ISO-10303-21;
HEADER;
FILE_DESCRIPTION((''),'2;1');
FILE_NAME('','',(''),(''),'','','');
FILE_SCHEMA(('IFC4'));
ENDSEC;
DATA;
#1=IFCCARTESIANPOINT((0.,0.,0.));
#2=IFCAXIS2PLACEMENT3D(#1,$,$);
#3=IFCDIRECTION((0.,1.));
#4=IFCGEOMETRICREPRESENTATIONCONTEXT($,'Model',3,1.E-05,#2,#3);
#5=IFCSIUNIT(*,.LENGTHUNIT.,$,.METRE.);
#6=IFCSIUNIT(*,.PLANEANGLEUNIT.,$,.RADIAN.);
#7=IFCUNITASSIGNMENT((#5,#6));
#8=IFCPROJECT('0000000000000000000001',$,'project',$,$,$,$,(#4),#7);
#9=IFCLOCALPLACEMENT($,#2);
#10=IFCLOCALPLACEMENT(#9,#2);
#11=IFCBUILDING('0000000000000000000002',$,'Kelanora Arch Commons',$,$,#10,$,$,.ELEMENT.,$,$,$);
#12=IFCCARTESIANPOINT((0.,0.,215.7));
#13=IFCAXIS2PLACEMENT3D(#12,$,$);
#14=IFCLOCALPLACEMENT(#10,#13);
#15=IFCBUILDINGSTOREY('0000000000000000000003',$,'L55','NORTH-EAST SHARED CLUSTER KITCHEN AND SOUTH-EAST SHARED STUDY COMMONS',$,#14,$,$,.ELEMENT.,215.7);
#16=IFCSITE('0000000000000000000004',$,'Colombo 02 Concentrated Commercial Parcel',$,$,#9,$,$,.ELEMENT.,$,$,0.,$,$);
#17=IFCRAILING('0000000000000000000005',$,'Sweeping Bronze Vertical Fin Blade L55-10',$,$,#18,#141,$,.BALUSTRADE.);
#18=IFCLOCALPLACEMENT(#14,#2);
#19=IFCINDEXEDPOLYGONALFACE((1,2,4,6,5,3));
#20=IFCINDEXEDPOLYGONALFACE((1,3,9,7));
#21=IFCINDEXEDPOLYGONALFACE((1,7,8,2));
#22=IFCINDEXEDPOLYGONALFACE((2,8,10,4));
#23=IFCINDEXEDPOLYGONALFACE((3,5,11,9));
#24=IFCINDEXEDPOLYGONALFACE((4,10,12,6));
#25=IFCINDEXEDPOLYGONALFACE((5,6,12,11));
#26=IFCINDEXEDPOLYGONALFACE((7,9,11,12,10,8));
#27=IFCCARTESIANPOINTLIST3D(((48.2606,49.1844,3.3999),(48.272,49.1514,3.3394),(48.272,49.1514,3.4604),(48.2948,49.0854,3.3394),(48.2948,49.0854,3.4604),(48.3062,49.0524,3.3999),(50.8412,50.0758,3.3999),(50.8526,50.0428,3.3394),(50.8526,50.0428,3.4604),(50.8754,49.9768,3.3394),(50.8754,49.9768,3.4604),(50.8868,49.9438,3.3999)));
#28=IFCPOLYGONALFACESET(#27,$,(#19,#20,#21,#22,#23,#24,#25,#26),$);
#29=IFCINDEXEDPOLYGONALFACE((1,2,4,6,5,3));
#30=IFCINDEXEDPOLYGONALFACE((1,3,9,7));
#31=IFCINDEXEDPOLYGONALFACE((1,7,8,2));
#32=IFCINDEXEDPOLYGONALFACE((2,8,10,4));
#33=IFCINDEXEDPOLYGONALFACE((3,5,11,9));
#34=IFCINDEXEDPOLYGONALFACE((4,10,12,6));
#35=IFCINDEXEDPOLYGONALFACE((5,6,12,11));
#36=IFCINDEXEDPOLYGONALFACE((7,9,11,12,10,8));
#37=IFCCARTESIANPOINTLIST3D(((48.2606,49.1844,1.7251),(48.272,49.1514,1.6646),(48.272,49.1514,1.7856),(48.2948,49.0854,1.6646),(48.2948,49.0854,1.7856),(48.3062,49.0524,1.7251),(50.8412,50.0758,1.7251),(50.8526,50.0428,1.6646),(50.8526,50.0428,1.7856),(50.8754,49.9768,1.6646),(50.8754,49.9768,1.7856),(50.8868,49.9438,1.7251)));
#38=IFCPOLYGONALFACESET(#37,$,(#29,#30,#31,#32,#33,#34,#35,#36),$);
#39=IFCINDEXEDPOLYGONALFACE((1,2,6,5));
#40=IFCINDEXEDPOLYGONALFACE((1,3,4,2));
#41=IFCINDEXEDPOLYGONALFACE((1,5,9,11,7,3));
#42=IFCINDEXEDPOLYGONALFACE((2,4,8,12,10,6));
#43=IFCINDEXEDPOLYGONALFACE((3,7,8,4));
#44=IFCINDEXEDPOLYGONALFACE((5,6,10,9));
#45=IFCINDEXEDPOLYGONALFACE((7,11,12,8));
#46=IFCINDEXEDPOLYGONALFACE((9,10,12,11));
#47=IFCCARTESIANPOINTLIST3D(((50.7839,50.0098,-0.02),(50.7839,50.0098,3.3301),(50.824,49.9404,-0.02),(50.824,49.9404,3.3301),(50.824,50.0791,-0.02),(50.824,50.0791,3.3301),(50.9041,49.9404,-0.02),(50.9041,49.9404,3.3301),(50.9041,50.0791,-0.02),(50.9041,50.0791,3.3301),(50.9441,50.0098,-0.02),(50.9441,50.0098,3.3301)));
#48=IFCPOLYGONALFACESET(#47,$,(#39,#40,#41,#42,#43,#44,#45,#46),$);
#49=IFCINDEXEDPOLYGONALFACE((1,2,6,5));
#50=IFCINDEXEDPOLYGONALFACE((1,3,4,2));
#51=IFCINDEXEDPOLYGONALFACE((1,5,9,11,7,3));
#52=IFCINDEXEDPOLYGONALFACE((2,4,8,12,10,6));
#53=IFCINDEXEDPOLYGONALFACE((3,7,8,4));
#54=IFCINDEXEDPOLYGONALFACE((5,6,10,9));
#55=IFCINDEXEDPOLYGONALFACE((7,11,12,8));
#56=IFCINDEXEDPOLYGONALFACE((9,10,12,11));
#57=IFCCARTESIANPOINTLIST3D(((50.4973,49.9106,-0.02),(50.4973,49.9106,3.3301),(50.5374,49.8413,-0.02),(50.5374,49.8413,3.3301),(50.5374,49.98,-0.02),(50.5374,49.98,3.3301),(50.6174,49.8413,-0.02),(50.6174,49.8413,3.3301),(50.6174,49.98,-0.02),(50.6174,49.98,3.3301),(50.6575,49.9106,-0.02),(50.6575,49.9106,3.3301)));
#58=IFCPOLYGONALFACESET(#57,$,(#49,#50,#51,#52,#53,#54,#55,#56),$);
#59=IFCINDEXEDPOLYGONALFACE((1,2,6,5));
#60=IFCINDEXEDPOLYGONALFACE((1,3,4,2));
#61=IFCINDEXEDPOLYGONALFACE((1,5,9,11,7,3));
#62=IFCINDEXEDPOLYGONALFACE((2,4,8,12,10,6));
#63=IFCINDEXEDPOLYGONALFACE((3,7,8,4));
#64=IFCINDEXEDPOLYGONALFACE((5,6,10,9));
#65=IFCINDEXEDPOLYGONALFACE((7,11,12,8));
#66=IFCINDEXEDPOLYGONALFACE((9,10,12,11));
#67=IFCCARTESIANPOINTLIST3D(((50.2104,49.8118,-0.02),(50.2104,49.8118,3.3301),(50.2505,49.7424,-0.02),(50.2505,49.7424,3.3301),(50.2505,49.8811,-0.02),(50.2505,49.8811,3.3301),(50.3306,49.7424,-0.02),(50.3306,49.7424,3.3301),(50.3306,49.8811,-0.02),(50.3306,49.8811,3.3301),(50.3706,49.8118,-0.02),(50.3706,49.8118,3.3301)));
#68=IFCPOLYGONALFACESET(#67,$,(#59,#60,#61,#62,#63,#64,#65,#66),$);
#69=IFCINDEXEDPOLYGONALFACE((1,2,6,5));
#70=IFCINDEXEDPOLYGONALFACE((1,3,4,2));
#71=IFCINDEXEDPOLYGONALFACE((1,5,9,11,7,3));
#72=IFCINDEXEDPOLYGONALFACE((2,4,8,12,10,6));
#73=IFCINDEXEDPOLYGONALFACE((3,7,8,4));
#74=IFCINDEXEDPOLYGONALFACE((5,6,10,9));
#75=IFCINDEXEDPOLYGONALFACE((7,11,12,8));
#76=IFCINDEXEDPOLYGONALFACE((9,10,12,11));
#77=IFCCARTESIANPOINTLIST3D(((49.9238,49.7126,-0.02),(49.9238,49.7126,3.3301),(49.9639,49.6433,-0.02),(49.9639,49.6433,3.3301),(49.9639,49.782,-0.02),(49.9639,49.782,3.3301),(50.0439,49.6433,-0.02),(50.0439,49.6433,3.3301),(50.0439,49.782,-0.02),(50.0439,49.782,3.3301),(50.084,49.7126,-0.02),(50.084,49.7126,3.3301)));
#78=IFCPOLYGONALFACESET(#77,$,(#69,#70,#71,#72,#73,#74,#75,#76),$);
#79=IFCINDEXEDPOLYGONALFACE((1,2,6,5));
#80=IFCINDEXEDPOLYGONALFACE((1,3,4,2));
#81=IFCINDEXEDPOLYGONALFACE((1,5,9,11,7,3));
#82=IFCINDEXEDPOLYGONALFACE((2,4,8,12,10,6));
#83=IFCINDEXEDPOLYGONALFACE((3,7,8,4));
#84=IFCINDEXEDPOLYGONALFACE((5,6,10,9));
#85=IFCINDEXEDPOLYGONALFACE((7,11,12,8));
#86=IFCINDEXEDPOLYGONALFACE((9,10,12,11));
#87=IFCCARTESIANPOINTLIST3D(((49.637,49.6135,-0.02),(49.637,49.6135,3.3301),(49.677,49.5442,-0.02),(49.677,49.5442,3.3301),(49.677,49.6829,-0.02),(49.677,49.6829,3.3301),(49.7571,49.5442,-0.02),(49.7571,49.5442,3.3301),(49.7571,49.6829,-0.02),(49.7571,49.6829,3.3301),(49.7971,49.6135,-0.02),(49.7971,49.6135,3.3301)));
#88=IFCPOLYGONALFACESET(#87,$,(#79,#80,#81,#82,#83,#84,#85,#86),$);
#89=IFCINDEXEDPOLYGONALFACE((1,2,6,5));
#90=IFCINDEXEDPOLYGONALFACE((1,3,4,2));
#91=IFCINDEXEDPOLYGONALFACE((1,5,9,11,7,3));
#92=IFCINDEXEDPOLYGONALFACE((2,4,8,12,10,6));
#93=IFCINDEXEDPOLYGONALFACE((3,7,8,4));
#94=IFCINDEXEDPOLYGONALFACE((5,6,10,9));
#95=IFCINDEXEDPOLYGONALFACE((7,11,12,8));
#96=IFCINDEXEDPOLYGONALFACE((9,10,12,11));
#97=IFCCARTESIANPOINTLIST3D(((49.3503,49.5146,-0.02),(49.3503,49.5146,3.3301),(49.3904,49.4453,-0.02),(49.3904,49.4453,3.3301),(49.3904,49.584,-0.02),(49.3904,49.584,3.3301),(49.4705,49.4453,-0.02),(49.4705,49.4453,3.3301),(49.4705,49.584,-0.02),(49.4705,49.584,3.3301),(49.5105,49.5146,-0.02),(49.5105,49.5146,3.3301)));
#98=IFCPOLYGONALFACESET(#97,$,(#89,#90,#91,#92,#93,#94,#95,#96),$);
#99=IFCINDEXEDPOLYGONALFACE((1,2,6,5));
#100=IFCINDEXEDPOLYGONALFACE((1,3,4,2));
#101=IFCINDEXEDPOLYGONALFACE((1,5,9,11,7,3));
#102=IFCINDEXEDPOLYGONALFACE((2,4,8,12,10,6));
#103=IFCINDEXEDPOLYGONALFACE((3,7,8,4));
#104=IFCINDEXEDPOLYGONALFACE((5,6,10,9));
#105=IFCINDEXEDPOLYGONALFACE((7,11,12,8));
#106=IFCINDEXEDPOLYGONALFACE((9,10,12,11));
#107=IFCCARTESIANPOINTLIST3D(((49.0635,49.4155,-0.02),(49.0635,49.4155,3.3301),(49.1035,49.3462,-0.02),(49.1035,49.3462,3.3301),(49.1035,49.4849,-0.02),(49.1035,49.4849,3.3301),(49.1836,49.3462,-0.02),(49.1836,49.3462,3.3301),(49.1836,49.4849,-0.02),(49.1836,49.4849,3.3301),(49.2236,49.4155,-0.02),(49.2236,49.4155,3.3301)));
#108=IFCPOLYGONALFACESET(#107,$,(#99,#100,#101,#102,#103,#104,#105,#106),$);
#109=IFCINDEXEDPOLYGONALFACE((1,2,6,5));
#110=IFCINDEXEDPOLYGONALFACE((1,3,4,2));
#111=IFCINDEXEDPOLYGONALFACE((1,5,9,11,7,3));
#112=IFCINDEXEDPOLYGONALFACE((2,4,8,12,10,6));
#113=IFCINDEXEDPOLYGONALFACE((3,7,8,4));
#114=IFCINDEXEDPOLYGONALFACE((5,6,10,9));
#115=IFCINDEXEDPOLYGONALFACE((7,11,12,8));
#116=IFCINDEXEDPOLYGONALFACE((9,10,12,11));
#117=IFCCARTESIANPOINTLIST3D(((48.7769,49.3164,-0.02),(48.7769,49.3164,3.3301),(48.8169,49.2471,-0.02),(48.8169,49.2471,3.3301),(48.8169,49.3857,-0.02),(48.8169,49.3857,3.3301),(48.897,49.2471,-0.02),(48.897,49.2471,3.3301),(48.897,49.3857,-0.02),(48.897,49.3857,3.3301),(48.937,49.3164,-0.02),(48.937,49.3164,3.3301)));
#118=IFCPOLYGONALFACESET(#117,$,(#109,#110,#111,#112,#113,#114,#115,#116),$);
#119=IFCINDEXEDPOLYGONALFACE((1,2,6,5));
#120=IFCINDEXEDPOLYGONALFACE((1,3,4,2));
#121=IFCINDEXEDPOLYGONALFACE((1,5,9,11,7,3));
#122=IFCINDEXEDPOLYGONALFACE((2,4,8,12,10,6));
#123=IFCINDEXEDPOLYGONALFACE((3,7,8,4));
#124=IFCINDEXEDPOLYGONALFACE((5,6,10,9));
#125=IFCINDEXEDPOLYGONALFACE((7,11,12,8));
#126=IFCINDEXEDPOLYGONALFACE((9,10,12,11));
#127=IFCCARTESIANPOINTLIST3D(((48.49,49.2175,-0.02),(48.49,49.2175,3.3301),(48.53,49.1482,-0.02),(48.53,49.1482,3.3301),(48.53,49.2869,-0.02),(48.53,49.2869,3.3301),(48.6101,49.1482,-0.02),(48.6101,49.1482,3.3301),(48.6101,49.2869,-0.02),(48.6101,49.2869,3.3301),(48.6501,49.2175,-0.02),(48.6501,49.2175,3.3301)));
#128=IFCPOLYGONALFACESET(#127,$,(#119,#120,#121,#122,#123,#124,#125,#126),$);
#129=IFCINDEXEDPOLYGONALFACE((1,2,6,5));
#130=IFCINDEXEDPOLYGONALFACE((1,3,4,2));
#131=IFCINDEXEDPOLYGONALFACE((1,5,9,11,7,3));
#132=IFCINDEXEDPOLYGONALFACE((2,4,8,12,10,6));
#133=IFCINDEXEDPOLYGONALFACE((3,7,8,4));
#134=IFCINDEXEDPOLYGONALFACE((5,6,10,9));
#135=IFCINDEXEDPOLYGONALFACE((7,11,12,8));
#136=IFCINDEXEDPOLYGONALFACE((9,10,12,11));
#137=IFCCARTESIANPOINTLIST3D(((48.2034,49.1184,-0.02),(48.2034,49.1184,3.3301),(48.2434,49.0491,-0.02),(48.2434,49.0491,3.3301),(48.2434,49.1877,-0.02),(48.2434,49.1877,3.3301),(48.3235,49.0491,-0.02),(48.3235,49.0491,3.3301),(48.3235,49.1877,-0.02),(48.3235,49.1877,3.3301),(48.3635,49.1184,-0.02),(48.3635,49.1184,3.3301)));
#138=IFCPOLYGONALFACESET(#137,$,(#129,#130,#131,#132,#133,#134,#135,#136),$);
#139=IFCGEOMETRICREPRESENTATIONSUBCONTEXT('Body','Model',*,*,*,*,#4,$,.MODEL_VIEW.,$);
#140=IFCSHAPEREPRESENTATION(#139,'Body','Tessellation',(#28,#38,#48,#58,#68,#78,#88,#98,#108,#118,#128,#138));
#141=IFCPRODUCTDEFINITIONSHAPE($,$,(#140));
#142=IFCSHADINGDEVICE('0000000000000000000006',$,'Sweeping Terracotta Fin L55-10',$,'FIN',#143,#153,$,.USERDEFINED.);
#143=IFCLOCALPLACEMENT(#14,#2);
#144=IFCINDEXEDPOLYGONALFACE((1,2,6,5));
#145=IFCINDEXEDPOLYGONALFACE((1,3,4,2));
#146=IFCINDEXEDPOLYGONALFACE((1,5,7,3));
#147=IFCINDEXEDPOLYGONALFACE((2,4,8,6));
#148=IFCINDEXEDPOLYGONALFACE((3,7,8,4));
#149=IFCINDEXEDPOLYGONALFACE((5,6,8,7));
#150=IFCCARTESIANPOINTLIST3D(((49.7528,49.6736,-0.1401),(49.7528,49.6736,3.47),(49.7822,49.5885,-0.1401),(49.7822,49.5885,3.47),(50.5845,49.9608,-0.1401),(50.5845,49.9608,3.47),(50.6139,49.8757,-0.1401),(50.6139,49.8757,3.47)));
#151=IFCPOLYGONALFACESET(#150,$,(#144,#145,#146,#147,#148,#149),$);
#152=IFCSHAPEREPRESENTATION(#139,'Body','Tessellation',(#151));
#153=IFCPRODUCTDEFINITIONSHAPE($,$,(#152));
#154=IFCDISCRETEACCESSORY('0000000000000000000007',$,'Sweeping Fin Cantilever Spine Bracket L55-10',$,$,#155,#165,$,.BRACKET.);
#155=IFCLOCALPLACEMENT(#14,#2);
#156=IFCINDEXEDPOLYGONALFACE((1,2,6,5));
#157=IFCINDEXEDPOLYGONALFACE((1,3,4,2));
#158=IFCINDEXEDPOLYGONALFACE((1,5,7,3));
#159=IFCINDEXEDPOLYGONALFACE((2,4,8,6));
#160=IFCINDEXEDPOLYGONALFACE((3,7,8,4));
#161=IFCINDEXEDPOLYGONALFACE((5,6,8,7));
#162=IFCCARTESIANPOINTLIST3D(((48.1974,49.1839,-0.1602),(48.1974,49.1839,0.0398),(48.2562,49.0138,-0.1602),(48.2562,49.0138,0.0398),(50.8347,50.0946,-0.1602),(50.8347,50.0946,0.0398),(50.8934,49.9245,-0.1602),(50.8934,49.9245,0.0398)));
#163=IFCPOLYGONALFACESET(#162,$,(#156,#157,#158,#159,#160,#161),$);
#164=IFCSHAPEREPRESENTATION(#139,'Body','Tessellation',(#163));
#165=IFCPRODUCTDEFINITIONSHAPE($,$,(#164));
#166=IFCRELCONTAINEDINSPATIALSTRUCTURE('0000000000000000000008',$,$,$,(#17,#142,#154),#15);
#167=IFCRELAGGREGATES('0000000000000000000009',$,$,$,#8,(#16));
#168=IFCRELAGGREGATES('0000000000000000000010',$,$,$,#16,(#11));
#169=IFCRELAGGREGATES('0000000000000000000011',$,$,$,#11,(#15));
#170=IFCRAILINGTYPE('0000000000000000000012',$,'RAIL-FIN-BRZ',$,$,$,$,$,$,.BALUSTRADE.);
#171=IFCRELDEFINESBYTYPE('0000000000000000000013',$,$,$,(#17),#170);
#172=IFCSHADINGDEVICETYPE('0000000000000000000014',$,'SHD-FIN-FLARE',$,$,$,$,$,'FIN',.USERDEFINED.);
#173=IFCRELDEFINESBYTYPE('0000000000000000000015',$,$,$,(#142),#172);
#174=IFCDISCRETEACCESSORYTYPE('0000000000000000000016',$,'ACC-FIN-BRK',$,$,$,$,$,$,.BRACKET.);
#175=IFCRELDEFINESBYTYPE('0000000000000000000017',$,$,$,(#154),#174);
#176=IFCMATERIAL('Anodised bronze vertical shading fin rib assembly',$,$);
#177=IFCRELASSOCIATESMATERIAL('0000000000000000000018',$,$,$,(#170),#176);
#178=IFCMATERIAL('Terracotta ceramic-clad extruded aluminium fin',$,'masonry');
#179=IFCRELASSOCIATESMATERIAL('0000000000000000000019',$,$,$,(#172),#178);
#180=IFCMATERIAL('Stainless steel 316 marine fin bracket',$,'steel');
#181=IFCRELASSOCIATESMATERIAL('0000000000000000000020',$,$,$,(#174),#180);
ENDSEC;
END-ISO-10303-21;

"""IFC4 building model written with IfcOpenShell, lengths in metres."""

from ifc_helpers import new_model, si_unit, direction, frame, origin, origin_2d, place, context, subcontext, project, spatial, polyline, rectangle, outline, extrude, source, transform, mapped, material, type_object, element, save


model = new_model("IFC4")

# Units and contexts
model_context = context("Model", 3, precision=1e-05, world=origin(), true_north=direction((0.0, 1.0)))
body_context = subcontext(model_context, "Body", "Model", "MODEL_VIEW")
ifc_project = project(units=[si_unit("LENGTHUNIT", "METRE"), si_unit("PLANEANGLEUNIT", "RADIAN")], contexts=[model_context])

# Site, building, storey
site_placement = place(None, origin())
site = spatial("IfcSite", under=ifc_project, at=site_placement, Name="Colombo 02 Concentrated Commercial Parcel", CompositionType="ELEMENT", RefElevation=0.0)
building_placement = place(site_placement, origin())
building = spatial("IfcBuilding", under=site, at=building_placement, Name="Kelanora Arch Commons", CompositionType="ELEMENT")
storey_placement = place(building_placement, frame((0.0, 0.0, 215.7)))
storey = spatial("IfcBuildingStorey", under=building, at=storey_placement, Name="L55", Description="NORTH-EAST SHARED CLUSTER KITCHEN AND SOUTH-EAST SHARED STUDY COMMONS", CompositionType="ELEMENT", Elevation=215.7)

# Railing
ifc_material_1 = material(Name="Anodised bronze vertical shading fin rib assembly")
railing_type = type_object("IfcRailingType", Name="RAIL-FIN-BRZ", PredefinedType="BALUSTRADE", material=ifc_material_1)
railing_placement = place(storey_placement, frame((50.864, 50.0098, -0.02)))
element("IfcRailing", 1, at=railing_placement, inside=storey, type_object=railing_type, Name="Sweeping Bronze Vertical Fin Blade L55-10", PredefinedType="BALUSTRADE", context=body_context, shape_type="SweptSolid", body=[
    extrude(outline(polyline([(0.0698, 0.0), (0.0349, 0.0605), (-0.0349, 0.0605), (-0.0698, 0.0), (-0.0349, -0.0605), (0.0349, -0.0605), (0.0698, 0.0)])), frame((0.0, 0.0, 3.4199), z_axis=(-0.945203, -0.326484, 0.0), x_axis=(0.326484, -0.945203, 0.0)), (0.0, 0.0, 1.0), 2.7302),
    extrude(outline(polyline([(0.0698, 0.0), (0.0349, 0.0605), (-0.0349, 0.0605), (-0.0698, 0.0), (-0.0349, -0.0605), (0.0349, -0.0605), (0.0698, 0.0)])), frame((0.0, 0.0, 1.7451), z_axis=(-0.945203, -0.326484, 0.0), x_axis=(0.326484, -0.945203, 0.0)), (0.0, 0.0, 1.0), 2.7302),
    extrude(outline(polyline([(0.0801, 0.0), (0.04, 0.0693), (-0.04, 0.0693), (-0.0801, 0.0), (-0.04, -0.0693), (0.04, -0.0693), (0.0801, 0.0)])), origin(), (0.0, 0.0, 1.0), 3.3501),
    extrude(outline(polyline([(0.0801, 0.0), (0.04, 0.0693), (-0.04, 0.0693), (-0.0801, 0.0), (-0.04, -0.0693), (0.04, -0.0693), (0.0801, 0.0)])), frame((-0.2866, -0.0991, 0.0)), (0.0, 0.0, 1.0), 3.3501),
    extrude(outline(polyline([(0.0801, 0.0), (0.04, 0.0693), (-0.04, 0.0693), (-0.0801, 0.0), (-0.04, -0.0693), (0.04, -0.0693), (0.0801, 0.0)])), frame((-0.5735, -0.198, 0.0)), (0.0, 0.0, 1.0), 3.3501),
    extrude(outline(polyline([(0.0801, 0.0), (0.04, 0.0693), (-0.04, 0.0693), (-0.0801, 0.0), (-0.04, -0.0693), (0.04, -0.0693), (0.0801, 0.0)])), frame((-0.8601, -0.2971, 0.0)), (0.0, 0.0, 1.0), 3.3501),
    extrude(outline(polyline([(0.0801, 0.0), (0.04, 0.0693), (-0.04, 0.0693), (-0.0801, 0.0), (-0.04, -0.0693), (0.04, -0.0693), (0.0801, 0.0)])), frame((-1.147, -0.3962, 0.0)), (0.0, 0.0, 1.0), 3.3501),
    extrude(outline(polyline([(0.0801, 0.0), (0.04, 0.0693), (-0.04, 0.0693), (-0.0801, 0.0), (-0.04, -0.0693), (0.04, -0.0693), (0.0801, 0.0)])), frame((-1.4336, -0.4951, 0.0)), (0.0, 0.0, 1.0), 3.3501),
    extrude(outline(polyline([(0.0801, 0.0), (0.04, 0.0693), (-0.04, 0.0693), (-0.0801, 0.0), (-0.04, -0.0693), (0.04, -0.0693), (0.0801, 0.0)])), frame((-1.7205, -0.5942, 0.0)), (0.0, 0.0, 1.0), 3.3501),
    extrude(outline(polyline([(0.0801, 0.0), (0.04, 0.0693), (-0.04, 0.0693), (-0.0801, 0.0), (-0.04, -0.0693), (0.04, -0.0693), (0.0801, 0.0)])), frame((-2.0071, -0.6934, 0.0)), (0.0, 0.0, 1.0), 3.3501),
    extrude(outline(polyline([(0.0801, 0.0), (0.04, 0.0693), (-0.04, 0.0693), (-0.0801, 0.0), (-0.04, -0.0693), (0.04, -0.0693), (0.0801, 0.0)])), frame((-2.2939, -0.7922, 0.0)), (0.0, 0.0, 1.0), 3.3501),
    extrude(outline(polyline([(0.0801, 0.0), (0.04, 0.0693), (-0.04, 0.0693), (-0.0801, 0.0), (-0.04, -0.0693), (0.04, -0.0693), (0.0801, 0.0)])), frame((-2.5806, -0.8914, 0.0)), (0.0, 0.0, 1.0), 3.3501),
])

# Shading device
ifc_material_2 = material(Name="Terracotta ceramic-clad extruded aluminium fin", Category="masonry")
shading_device_type = type_object("IfcShadingDeviceType", Name="SHD-FIN-FLARE", ElementType="FIN", PredefinedType="USERDEFINED", material=ifc_material_2)
shared_shape_1 = source(origin(), body_context, "Body", "SweptSolid", [
    extrude(rectangle(XDim=0.8799, YDim=0.0901, at=origin_2d()), origin(), (0.0, 0.0, 1.0), 3.6101),
])
shading_device_placement = place(storey_placement, frame((50.1833, 49.7747, -0.1401), z_axis=(0.0, 0.0, 1.0), x_axis=(-0.945234, -0.326393, 0.0)))
element("IfcShadingDevice", 2, at=shading_device_placement, inside=storey, type_object=shading_device_type, Name="Sweeping Terracotta Fin L55-10", ObjectType="FIN", PredefinedType="USERDEFINED", context=body_context, shape_type="MappedRepresentation", body=[
    mapped(shared_shape_1, transform((0.0, 0.0, 0.0), scale=1.0)),
])

# Discrete accessory
ifc_material_3 = material(Name="Stainless steel 316 marine fin bracket", Category="steel")
discrete_accessory_type = type_object("IfcDiscreteAccessoryType", Name="ACC-FIN-BRK", PredefinedType="BRACKET", material=ifc_material_3)
shared_shape_2 = source(origin(), body_context, "Body", "SweptSolid", [
    extrude(rectangle(XDim=2.79, YDim=0.1799, at=origin_2d()), origin(), (0.0, 0.0, 1.0), 0.2),
])
discrete_accessory_placement = place(storey_placement, frame((49.5454, 49.5542, -0.1602), z_axis=(0.0, 0.0, 1.0), x_axis=(-0.945234, -0.326393, 0.0)))
element("IfcDiscreteAccessory", 3, at=discrete_accessory_placement, inside=storey, type_object=discrete_accessory_type, Name="Sweeping Fin Cantilever Spine Bracket L55-10", PredefinedType="BRACKET", context=body_context, shape_type="MappedRepresentation", body=[
    mapped(shared_shape_2, transform((0.0, 0.0, 0.0), scale=1.0)),
])

save(model, "model.ifc")
